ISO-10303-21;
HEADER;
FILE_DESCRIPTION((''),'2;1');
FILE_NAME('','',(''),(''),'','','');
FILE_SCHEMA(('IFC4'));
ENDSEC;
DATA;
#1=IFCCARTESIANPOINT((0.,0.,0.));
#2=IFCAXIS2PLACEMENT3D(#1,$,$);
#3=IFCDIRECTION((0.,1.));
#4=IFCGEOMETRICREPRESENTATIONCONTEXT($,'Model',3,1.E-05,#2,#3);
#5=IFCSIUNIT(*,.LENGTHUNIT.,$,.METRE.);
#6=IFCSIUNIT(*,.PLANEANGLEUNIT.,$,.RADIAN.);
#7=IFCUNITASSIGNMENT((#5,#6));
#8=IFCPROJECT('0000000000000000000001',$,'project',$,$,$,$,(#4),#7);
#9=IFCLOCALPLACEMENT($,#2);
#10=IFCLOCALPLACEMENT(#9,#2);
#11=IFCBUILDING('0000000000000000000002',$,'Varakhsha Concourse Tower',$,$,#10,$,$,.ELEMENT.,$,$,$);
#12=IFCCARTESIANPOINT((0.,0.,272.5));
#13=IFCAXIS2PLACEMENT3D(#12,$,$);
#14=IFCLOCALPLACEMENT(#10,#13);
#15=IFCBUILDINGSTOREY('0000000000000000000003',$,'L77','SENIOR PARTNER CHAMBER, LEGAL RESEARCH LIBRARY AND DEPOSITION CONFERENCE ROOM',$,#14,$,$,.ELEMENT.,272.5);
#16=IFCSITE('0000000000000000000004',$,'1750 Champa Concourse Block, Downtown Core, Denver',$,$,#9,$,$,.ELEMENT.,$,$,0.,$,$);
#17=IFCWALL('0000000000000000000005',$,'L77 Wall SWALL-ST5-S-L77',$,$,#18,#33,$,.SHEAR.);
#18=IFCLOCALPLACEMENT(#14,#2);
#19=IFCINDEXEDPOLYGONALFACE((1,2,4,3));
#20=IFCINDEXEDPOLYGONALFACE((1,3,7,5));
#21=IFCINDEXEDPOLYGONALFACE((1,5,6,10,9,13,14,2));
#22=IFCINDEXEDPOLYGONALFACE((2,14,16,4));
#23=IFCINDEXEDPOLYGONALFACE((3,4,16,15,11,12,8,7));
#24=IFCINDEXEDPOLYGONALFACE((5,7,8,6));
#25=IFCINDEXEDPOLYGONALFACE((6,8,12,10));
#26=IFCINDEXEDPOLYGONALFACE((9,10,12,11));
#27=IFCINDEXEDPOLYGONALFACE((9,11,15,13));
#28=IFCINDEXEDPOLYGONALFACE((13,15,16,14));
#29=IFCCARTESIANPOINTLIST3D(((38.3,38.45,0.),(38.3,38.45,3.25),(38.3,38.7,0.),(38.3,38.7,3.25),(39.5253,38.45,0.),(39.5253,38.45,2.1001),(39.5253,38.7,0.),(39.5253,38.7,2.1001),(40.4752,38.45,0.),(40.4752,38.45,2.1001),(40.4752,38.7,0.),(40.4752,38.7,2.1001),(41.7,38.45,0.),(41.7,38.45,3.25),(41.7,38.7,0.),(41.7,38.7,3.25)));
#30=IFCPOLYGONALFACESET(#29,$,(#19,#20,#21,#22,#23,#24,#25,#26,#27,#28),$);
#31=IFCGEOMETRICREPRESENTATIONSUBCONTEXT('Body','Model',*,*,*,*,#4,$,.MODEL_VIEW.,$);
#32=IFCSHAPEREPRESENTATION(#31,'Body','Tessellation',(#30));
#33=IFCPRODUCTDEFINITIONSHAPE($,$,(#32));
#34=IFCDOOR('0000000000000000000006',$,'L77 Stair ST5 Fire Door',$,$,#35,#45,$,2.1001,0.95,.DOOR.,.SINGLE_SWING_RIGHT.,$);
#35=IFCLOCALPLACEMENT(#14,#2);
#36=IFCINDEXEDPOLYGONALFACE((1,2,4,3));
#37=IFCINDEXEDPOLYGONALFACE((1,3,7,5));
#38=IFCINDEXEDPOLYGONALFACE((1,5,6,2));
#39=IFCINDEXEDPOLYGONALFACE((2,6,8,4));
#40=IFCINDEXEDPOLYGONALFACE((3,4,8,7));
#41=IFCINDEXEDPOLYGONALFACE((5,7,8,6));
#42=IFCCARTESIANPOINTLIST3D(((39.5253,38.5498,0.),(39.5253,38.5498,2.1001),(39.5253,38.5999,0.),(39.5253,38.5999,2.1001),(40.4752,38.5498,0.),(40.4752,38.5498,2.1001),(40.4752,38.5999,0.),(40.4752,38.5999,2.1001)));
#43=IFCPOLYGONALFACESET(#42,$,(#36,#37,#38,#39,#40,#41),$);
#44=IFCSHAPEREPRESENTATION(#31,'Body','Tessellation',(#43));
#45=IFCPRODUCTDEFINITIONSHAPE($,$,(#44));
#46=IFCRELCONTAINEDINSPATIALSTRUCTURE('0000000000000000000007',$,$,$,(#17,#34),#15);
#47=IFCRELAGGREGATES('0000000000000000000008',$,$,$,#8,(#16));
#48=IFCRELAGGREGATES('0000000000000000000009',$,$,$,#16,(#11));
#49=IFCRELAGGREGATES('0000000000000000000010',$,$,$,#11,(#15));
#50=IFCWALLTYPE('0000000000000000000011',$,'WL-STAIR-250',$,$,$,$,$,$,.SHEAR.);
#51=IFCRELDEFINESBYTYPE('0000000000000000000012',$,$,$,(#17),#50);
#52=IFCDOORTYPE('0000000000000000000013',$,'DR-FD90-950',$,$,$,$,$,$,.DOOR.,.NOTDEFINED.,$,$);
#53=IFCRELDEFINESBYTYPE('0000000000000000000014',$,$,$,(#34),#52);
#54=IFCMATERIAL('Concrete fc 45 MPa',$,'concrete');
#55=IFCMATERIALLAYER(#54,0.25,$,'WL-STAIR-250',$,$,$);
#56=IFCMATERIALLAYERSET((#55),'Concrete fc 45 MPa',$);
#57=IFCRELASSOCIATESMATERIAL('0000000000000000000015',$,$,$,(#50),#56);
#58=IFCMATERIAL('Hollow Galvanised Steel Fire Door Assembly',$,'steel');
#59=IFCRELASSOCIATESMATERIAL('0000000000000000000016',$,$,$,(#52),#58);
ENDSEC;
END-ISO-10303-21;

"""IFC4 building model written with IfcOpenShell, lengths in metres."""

from ifc_helpers import new_model, si_unit, direction, frame, frame_2d, origin, place, context, subcontext, project, spatial, rectangle, extrude, material, layer, layer_set, type_object, element, fill, save


model = new_model("IFC4")

# Units and contexts
model_context = context("Model", 3, precision=1e-05, world=origin(), true_north=direction((0.0, 1.0)))
body_context = subcontext(model_context, "Body", "Model", "MODEL_VIEW")
ifc_project = project(units=[si_unit("LENGTHUNIT", "METRE"), si_unit("PLANEANGLEUNIT", "RADIAN")], contexts=[model_context])

# Site, building, storey
site_placement = place(None, origin())
site = spatial("IfcSite", under=ifc_project, at=site_placement, Name="1750 Champa Concourse Block, Downtown Core, Denver", CompositionType="ELEMENT", RefElevation=0.0)
building_placement = place(site_placement, origin())
building = spatial("IfcBuilding", under=site, at=building_placement, Name="Varakhsha Concourse Tower", CompositionType="ELEMENT")
storey_placement = place(building_placement, frame((0.0, 0.0, 272.5)))
storey = spatial("IfcBuildingStorey", under=building, at=storey_placement, Name="L77", Description="SENIOR PARTNER CHAMBER, LEGAL RESEARCH LIBRARY AND DEPOSITION CONFERENCE ROOM", CompositionType="ELEMENT", Elevation=272.5)

# Shared definitions
ifc_material_1 = material(Name="Hollow Galvanised Steel Fire Door Assembly", Category="steel")

# Shared definitions
ifc_material_2 = material(Name="Concrete fc 45 MPa", Category="concrete")
ifc_layer_1 = layer(ifc_material_2, 0.25, Name="WL-STAIR-250")
ifc_layer_set_1 = layer_set([ifc_layer_1], Name="Concrete fc 45 MPa")
wall_type_1 = type_object("IfcWallType", Name="WL-STAIR-250", PredefinedType="SHEAR", material=ifc_layer_set_1)

# Wall, opening, door
wall_1_placement = place(storey_placement, frame((38.3, 38.575, 0.0), z_axis=(0.0, 0.0, 1.0), x_axis=(1.0, 0.0, 0.0)))
wall_1 = element("IfcWall", 1, at=wall_1_placement, inside=storey, type_object=wall_type_1, Name="L77 Wall SWALL-ST5-S-L77", PredefinedType="SHEAR", context=body_context, shape_type="SweptSolid", body=[
    extrude(rectangle(XDim=3.3999, YDim=0.25, at=frame_2d((1.7, 0.0))), origin(), (0.0, 0.0, 1.0), 3.25),
])
opening_1_placement = place(wall_1_placement, frame((1.2251, 0.0, 0.0)))
opening_1 = element("IfcOpeningElement", 2, at=opening_1_placement, cuts=wall_1, PredefinedType="OPENING", context=body_context, shape_type="SweptSolid", body=[
    extrude(rectangle(XDim=0.95, YDim=2.1001, at=frame_2d((0.4751, 1.05))), frame((0.0, 0.135, 0.0), z_axis=(0.0, -1.0, 0.0), x_axis=(1.0, 0.0, 0.0)), (0.0, 0.0, 1.0), 0.27),
])
door_type_1 = type_object("IfcDoorType", Name="DR-FD90-950", OperationType="NOTDEFINED", PredefinedType="DOOR", material=ifc_material_1)
door_1_placement = place(opening_1_placement, origin())
door_1 = element("IfcDoor", 3, at=door_1_placement, inside=storey, type_object=door_type_1, Name="L77 Stair ST5 Fire Door", OperationType="SINGLE_SWING_RIGHT", OverallHeight=2.1001, OverallWidth=0.95, PredefinedType="DOOR", context=body_context, shape_type="SweptSolid", body=[
    extrude(rectangle(XDim=0.95, YDim=2.1001, at=frame_2d((0.4751, 1.05))), frame((0.0, 0.0249, 0.0), z_axis=(0.0, -1.0, 0.0), x_axis=(1.0, 0.0, 0.0)), (0.0, 0.0, 1.0), 0.05),
])
fill(opening_1, door_1)

save(model, "model.ifc")
